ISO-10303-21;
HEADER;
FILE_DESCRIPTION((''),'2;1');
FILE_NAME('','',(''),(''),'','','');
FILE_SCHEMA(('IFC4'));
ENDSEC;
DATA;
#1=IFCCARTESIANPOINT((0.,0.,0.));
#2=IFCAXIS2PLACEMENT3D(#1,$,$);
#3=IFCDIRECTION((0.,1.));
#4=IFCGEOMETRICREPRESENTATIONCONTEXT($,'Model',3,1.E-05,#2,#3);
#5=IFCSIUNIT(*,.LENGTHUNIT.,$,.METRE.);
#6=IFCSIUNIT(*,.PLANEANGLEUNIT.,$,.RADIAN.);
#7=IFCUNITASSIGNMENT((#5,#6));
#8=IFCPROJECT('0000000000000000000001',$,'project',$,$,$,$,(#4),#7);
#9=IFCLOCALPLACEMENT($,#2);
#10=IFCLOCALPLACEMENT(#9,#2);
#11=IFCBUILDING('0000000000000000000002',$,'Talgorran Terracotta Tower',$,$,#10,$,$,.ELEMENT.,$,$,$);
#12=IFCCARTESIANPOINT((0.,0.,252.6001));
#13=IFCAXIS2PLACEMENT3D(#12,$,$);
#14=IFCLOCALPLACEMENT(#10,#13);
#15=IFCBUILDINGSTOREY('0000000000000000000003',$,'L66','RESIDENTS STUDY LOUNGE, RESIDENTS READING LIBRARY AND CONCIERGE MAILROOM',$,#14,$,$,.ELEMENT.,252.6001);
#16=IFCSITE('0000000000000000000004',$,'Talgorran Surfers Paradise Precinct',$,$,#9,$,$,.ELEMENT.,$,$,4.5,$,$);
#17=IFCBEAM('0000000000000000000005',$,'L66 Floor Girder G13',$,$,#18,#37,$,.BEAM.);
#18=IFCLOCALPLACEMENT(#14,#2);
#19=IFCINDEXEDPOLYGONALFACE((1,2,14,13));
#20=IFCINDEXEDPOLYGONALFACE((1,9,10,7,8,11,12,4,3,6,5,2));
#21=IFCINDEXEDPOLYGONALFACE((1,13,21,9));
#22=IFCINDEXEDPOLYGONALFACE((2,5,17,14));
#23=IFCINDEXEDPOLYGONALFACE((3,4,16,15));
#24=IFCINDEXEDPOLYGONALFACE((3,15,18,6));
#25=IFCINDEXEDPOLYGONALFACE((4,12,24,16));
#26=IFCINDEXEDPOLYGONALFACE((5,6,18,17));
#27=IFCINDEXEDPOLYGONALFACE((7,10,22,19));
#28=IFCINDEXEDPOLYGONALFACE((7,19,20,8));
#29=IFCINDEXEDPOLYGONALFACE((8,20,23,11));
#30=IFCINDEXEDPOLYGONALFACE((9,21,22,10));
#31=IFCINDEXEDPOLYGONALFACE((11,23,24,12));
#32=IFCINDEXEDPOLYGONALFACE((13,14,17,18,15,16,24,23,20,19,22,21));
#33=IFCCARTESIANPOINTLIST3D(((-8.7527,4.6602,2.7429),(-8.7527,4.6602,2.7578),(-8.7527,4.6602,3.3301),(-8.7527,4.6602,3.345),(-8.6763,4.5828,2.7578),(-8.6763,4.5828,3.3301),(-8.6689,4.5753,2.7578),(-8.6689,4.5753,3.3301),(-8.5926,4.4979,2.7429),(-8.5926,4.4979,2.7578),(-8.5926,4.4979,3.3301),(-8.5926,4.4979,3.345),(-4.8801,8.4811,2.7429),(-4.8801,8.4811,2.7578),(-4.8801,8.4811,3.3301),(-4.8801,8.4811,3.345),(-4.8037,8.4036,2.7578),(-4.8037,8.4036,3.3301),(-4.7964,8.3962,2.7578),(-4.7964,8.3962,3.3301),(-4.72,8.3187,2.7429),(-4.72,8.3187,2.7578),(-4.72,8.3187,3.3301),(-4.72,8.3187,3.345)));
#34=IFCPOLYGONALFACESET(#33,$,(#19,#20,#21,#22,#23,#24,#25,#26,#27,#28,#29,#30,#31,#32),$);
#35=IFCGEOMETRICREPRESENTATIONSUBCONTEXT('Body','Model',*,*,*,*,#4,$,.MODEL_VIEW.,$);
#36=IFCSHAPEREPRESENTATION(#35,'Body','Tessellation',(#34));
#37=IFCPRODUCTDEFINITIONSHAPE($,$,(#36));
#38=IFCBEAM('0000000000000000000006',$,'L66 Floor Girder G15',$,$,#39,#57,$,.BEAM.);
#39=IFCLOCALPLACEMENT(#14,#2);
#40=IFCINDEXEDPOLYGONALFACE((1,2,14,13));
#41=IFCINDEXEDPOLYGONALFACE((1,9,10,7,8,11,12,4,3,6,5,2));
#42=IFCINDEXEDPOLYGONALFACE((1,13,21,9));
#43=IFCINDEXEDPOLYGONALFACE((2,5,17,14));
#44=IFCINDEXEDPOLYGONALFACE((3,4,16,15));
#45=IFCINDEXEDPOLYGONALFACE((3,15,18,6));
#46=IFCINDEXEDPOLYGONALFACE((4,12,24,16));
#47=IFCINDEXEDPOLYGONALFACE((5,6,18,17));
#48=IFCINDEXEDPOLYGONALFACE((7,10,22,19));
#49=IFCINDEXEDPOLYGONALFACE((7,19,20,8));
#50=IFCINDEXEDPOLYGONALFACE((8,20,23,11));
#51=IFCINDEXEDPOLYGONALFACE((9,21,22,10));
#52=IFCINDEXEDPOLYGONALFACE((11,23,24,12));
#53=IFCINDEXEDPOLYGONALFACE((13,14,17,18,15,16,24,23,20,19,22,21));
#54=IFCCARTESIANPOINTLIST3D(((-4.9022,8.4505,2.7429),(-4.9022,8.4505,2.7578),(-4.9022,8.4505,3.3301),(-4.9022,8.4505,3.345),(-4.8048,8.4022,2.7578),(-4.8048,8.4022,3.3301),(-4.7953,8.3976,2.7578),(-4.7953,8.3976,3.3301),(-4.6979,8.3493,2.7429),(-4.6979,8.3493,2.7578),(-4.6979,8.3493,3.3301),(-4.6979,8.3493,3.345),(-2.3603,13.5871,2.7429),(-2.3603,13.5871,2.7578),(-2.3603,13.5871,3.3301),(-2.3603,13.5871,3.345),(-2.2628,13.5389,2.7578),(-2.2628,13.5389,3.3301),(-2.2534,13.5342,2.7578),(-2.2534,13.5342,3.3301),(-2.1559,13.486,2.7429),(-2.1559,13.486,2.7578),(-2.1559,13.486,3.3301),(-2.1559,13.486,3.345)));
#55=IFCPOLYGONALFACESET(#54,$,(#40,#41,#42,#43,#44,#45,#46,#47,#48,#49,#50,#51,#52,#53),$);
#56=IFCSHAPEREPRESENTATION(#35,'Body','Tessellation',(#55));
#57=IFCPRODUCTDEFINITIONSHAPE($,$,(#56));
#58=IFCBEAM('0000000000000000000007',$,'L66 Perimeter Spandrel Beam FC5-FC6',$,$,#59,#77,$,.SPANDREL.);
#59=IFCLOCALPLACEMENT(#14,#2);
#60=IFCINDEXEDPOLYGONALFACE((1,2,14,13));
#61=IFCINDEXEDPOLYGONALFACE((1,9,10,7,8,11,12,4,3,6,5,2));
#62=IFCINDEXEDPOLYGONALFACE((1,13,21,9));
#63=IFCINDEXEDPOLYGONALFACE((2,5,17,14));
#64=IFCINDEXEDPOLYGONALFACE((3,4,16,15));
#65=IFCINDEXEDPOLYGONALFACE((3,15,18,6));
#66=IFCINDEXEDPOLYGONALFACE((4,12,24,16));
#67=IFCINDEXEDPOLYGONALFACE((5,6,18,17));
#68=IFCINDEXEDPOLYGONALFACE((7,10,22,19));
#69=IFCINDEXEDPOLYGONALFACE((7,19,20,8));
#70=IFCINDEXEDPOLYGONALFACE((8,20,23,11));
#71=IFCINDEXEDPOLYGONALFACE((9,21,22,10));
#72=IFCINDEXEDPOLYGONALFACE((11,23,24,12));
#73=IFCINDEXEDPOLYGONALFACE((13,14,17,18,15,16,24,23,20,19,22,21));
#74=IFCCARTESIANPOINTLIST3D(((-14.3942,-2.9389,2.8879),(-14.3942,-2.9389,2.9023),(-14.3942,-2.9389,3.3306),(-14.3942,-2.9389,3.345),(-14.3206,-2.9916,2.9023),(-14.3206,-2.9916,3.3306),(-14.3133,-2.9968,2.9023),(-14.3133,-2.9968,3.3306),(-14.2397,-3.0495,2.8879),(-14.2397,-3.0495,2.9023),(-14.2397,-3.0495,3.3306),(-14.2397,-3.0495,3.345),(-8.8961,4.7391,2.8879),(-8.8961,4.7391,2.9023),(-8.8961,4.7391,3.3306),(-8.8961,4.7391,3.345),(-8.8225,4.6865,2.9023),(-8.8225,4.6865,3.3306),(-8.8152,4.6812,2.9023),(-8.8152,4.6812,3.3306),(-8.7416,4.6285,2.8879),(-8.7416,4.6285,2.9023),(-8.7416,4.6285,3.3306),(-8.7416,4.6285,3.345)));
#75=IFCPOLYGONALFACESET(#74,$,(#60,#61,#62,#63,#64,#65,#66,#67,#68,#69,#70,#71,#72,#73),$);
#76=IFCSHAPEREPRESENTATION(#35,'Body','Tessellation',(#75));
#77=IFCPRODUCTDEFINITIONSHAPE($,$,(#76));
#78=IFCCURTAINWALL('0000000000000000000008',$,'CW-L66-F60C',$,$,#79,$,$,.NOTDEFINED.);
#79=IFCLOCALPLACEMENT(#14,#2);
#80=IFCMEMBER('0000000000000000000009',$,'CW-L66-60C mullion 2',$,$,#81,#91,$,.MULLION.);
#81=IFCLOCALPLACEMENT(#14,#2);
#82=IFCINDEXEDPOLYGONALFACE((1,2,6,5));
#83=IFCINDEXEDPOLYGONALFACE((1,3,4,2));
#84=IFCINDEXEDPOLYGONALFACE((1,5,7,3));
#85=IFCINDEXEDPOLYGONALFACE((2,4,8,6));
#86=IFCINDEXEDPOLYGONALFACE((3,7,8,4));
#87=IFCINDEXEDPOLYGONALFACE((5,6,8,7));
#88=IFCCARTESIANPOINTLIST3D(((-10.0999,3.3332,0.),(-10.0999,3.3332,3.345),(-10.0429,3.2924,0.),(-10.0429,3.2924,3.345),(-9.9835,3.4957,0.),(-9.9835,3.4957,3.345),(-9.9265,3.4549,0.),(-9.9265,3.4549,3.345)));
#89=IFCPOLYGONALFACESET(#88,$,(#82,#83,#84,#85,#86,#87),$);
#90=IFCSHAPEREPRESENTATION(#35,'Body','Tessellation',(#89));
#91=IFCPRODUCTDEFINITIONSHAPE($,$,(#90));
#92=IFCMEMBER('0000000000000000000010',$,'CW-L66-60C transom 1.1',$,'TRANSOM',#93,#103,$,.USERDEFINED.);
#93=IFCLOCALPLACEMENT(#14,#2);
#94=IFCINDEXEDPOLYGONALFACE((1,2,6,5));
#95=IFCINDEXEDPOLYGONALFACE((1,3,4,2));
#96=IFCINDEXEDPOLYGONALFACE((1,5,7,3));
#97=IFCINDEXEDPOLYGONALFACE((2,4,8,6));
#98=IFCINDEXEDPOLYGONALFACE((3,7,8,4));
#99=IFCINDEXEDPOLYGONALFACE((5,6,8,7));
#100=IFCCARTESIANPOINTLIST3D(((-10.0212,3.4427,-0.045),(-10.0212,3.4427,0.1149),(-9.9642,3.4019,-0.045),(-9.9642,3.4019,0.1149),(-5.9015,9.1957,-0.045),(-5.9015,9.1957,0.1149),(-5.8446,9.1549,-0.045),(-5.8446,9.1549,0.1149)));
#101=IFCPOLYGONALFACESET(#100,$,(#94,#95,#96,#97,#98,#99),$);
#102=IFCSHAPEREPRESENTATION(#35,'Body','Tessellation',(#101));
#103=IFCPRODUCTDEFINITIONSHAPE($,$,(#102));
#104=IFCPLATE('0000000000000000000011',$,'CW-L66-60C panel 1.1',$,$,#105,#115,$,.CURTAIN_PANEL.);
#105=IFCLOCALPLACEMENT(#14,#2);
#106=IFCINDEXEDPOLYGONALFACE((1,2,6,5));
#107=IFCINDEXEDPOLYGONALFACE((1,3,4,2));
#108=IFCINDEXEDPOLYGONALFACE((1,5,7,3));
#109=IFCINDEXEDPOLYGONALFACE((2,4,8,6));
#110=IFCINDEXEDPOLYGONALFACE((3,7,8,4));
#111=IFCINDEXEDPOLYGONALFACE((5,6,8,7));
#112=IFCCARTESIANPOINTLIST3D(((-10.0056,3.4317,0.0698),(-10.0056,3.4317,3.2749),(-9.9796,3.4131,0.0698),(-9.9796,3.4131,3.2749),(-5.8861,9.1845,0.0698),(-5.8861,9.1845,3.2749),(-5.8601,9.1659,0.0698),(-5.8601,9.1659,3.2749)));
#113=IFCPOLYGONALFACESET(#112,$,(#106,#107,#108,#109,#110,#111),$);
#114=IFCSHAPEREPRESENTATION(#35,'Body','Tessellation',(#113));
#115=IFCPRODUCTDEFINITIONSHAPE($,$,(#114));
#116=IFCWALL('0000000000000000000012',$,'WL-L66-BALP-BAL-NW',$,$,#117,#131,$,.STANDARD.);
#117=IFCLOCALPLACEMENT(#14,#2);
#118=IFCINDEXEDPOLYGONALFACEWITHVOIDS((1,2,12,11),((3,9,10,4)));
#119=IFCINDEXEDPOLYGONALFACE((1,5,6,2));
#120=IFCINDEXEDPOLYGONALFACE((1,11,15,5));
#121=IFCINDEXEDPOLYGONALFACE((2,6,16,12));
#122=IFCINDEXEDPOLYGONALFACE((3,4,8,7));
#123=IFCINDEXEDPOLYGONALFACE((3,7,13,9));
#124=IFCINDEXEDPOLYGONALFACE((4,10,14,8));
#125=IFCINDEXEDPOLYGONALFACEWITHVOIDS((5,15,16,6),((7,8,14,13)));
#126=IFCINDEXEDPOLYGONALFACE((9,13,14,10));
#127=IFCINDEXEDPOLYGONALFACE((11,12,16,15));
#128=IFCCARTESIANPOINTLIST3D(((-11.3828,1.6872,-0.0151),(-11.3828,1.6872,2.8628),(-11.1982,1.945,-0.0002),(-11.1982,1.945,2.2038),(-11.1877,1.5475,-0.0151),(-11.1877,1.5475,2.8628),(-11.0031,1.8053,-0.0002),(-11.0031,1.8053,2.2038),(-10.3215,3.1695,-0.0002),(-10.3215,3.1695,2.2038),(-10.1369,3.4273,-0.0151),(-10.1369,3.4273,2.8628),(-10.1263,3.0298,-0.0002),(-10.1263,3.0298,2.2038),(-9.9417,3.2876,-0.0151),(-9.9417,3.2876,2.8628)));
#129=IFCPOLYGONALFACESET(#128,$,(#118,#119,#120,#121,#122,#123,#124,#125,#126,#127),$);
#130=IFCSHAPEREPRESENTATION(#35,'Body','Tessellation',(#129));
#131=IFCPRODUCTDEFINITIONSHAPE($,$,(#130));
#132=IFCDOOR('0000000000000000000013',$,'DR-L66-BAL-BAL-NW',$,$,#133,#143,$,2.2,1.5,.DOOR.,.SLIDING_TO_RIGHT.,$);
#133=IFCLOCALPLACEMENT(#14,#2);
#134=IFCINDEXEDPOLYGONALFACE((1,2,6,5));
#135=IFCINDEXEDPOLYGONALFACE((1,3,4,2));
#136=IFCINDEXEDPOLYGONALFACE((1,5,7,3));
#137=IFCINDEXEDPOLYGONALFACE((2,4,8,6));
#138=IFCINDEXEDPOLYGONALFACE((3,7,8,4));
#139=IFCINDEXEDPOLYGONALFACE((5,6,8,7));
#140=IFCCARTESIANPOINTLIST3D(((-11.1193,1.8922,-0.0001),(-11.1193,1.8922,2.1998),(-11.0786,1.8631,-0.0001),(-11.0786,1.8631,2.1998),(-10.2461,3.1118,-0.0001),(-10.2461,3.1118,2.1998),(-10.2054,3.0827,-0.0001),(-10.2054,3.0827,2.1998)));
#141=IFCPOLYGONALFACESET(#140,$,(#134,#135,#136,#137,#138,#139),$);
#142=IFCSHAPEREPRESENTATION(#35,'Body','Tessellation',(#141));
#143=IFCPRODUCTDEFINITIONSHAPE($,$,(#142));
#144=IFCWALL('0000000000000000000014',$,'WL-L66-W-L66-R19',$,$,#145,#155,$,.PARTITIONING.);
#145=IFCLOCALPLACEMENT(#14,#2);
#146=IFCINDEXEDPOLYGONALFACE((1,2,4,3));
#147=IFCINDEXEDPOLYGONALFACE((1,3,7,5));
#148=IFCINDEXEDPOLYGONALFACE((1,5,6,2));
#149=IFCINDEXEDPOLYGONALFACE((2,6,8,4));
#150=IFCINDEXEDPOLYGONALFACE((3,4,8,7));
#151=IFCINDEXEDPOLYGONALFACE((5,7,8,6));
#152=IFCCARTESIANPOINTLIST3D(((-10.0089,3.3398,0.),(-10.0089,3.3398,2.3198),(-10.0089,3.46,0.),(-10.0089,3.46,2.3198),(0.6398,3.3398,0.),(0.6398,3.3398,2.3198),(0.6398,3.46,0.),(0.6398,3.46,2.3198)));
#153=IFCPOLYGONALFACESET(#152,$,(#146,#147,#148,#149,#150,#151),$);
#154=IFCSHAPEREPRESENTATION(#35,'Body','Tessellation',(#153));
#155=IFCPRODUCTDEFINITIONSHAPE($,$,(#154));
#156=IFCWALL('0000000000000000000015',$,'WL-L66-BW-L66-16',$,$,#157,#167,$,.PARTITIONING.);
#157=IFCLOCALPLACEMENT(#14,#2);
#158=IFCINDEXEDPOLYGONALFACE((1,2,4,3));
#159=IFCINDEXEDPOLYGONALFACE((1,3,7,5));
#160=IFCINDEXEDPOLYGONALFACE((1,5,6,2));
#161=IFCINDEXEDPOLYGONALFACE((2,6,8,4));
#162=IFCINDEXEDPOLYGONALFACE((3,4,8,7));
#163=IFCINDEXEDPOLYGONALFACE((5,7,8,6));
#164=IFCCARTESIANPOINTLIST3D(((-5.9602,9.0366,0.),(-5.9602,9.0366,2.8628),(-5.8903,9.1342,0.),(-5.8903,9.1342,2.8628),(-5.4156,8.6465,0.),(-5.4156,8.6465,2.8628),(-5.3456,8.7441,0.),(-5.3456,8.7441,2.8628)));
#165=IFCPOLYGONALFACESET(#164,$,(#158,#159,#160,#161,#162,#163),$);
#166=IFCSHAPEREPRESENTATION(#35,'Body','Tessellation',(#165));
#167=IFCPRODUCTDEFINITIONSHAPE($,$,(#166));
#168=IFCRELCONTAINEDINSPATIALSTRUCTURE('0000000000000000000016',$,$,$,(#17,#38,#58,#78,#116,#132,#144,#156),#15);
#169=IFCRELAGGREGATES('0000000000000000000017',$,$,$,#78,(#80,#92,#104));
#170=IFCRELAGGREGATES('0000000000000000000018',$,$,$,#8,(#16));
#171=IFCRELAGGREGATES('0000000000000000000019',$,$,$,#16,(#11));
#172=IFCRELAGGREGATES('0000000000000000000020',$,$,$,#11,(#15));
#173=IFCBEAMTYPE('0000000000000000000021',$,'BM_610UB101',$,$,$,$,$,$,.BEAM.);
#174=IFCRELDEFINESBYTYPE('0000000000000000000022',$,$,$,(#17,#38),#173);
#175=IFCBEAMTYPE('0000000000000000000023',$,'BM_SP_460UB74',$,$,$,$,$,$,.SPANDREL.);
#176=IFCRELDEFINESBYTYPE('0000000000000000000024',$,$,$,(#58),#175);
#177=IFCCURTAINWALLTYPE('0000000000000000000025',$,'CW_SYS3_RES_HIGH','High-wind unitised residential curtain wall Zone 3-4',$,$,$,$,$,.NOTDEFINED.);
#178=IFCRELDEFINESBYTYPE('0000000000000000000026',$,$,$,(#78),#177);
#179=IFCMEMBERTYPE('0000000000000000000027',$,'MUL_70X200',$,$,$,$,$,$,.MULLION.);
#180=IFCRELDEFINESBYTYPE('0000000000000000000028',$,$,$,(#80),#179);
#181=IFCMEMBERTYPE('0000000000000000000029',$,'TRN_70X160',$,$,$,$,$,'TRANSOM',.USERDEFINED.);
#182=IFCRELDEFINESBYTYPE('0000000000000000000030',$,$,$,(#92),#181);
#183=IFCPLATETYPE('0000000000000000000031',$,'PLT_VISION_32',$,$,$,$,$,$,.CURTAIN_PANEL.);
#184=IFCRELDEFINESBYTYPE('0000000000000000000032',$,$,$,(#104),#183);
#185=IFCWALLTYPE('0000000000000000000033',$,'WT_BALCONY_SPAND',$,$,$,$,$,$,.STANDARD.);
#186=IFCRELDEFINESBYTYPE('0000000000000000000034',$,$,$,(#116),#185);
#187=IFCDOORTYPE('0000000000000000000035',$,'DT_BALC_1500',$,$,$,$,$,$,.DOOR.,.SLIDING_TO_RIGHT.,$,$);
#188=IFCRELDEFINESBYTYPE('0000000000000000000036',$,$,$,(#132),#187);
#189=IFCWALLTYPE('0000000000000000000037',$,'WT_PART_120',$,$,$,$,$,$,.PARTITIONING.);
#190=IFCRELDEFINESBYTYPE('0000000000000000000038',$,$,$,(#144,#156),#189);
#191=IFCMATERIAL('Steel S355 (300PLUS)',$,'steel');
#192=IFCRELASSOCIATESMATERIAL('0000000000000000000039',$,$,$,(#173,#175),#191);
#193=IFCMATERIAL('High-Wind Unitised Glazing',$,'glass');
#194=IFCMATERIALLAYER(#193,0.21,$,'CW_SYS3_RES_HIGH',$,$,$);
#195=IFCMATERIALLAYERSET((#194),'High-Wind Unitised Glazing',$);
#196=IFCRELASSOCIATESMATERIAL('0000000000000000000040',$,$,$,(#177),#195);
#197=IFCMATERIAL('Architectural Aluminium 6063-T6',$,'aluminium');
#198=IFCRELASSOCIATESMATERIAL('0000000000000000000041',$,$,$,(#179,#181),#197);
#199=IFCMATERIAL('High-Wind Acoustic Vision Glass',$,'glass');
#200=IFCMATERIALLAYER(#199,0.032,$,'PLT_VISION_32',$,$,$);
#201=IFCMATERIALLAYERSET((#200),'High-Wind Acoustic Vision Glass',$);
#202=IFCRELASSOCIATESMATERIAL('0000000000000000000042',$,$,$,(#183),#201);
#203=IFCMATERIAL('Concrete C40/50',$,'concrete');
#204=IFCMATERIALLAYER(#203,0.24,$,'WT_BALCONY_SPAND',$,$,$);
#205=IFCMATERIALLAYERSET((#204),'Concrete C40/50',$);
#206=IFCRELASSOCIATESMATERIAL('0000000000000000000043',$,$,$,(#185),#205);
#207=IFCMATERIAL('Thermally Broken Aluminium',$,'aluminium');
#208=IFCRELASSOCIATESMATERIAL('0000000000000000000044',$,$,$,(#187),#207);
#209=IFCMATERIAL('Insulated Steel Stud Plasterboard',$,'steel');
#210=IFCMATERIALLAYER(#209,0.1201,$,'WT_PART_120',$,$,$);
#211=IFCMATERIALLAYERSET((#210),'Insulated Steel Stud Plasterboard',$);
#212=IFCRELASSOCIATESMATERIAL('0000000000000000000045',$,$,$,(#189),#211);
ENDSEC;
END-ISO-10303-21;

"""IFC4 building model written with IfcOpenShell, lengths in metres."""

from ifc_helpers import new_model, si_unit, direction, frame, frame_2d, origin, origin_2d, place, context, subcontext, project, spatial, rectangle, i_section, extrude, source, transform, mapped, material, layer, layer_set, material_profile, profile_set, type_object, type_shapes, element, fill, aggregate, save


model = new_model("IFC4")

# Units and contexts
model_context = context("Model", 3, precision=1e-05, world=origin(), true_north=direction((0.0, 1.0)))
body_context = subcontext(model_context, "Body", "Model", "MODEL_VIEW")
ifc_project = project(units=[si_unit("LENGTHUNIT", "METRE"), si_unit("PLANEANGLEUNIT", "RADIAN")], contexts=[model_context])

# Site, building, storey
site_placement = place(None, origin())
site = spatial("IfcSite", under=ifc_project, at=site_placement, Name="Talgorran Surfers Paradise Precinct", CompositionType="ELEMENT", RefElevation=4.5)
building_placement = place(site_placement, origin())
building = spatial("IfcBuilding", under=site, at=building_placement, Name="Talgorran Terracotta Tower", CompositionType="ELEMENT")
storey_placement = place(building_placement, frame((0.0, 0.0, 252.6001)))
storey = spatial("IfcBuildingStorey", under=building, at=storey_placement, Name="L66", Description="RESIDENTS STUDY LOUNGE, RESIDENTS READING LIBRARY AND CONCIERGE MAILROOM", CompositionType="ELEMENT", Elevation=252.6001)

# Shared definitions
ifc_material_1 = material(Name="Steel S355 (300PLUS)", Category="steel")

# Beams
ifc_material_profile_1 = material_profile(ifc_material_1, i_section(OverallWidth=0.228, OverallDepth=0.6021, WebThickness=0.0105, FlangeThickness=0.0149, at=origin_2d()), Name="610UB101")
ifc_profile_set_1 = profile_set([ifc_material_profile_1], Name="Steel S355 (300PLUS)")
beam_type_1 = type_object("IfcBeamType", Name="BM_610UB101", PredefinedType="BEAM", material=ifc_profile_set_1)
beam_1_placement = place(storey_placement, frame((-4.8, 8.3999, 3.0439), z_axis=(-0.711848, -0.702334, 0.0), x_axis=(0.702334, -0.711848, 0.0)))
element("IfcBeam", 1, at=beam_1_placement, inside=storey, type_object=beam_type_1, Name="L66 Floor Girder G13", PredefinedType="BEAM", context=body_context, shape_type="SweptSolid", body=[
    extrude(i_section(OverallWidth=0.228, OverallDepth=0.6021, WebThickness=0.0105, FlangeThickness=0.0149, at=origin_2d()), origin(), (0.0, 0.0, 1.0), 5.4402),
])
beam_2_placement = place(storey_placement, frame((-4.8, 8.3999, 3.0439), z_axis=(0.443529, 0.89626, 0.0), x_axis=(-0.89626, 0.443529, 0.0)))
element("IfcBeam", 2, at=beam_2_placement, inside=storey, type_object=beam_type_1, Name="L66 Floor Girder G15", PredefinedType="BEAM", context=body_context, shape_type="SweptSolid", body=[
    extrude(i_section(OverallWidth=0.228, OverallDepth=0.6021, WebThickness=0.0105, FlangeThickness=0.0149, at=origin_2d()), origin(), (0.0, 0.0, 1.0), 5.7312),
])
ifc_material_profile_2 = material_profile(ifc_material_1, i_section(OverallWidth=0.1899, OverallDepth=0.457, WebThickness=0.009, FlangeThickness=0.0144, at=origin_2d()), Name="460UB74.6")
ifc_profile_set_2 = profile_set([ifc_material_profile_2], Name="Steel S355 (300PLUS)")
beam_type_2 = type_object("IfcBeamType", Name="BM_SP_460UB74", PredefinedType="SPANDREL", material=ifc_profile_set_2)
beam_3_placement = place(storey_placement, frame((-8.8188, 4.6838, 3.1165), z_axis=(-0.582204, -0.813043, 0.0), x_axis=(0.813043, -0.582204, 0.0)))
element("IfcBeam", 3, at=beam_3_placement, inside=storey, type_object=beam_type_2, Name="L66 Perimeter Spandrel Beam FC5-FC6", PredefinedType="SPANDREL", context=body_context, shape_type="SweptSolid", body=[
    extrude(i_section(OverallWidth=0.1899, OverallDepth=0.457, WebThickness=0.009, FlangeThickness=0.0144, at=origin_2d()), origin(), (0.0, 0.0, 1.0), 9.4436),
])

# Curtain wall, members, plate
ifc_material_2 = material(Name="High-Wind Unitised Glazing", Category="glass")
ifc_layer_1 = layer(ifc_material_2, 0.21, Name="CW_SYS3_RES_HIGH")
ifc_layer_set_1 = layer_set([ifc_layer_1], Name="High-Wind Unitised Glazing")
curtain_wall_type = type_object("IfcCurtainWallType", Name="CW_SYS3_RES_HIGH", Description="High-wind unitised residential curtain wall Zone 3-4", PredefinedType="NOTDEFINED", material=ifc_layer_set_1)
curtain_wall_placement = place(storey_placement, origin())
curtain_wall = element("IfcCurtainWall", 4, at=curtain_wall_placement, inside=storey, type_object=curtain_wall_type, Name="CW-L66-F60C", PredefinedType="NOTDEFINED")
ifc_material_3 = material(Name="Architectural Aluminium 6063-T6", Category="aluminium")
ifc_material_profile_3 = material_profile(ifc_material_3, rectangle(XDim=0.0701, YDim=0.2, at=origin_2d()), Name="CWM70X200")
ifc_profile_set_3 = profile_set([ifc_material_profile_3], Name="Architectural Aluminium 6063-T6")
member_type_1 = type_object("IfcMemberType", Name="MUL_70X200", PredefinedType="MULLION", material=ifc_profile_set_3)
member_1_placement = place(storey_placement, frame((-10.0132, 3.394, 0.0), z_axis=(0.0, 0.0, 1.0), x_axis=(0.813038, -0.58221, 0.0)))
member_1 = element("IfcMember", 5, at=member_1_placement, type_object=member_type_1, Name="CW-L66-60C mullion 2", PredefinedType="MULLION", context=body_context, shape_type="SweptSolid", body=[
    extrude(rectangle(XDim=0.0701, YDim=0.2, at=origin_2d()), origin(), (0.0, 0.0, 1.0), 3.345),
])
ifc_material_profile_4 = material_profile(ifc_material_3, rectangle(XDim=0.0701, YDim=0.1599, at=origin_2d()), Name="CWT70X160")
ifc_profile_set_4 = profile_set([ifc_material_profile_4], Name="Architectural Aluminium 6063-T6")
member_type_2 = type_object("IfcMemberType", Name="TRN_70X160", ElementType="TRANSOM", PredefinedType="USERDEFINED", material=ifc_profile_set_4)
member_2_placement = place(storey_placement, frame((-5.873, 9.1753, 0.0349), z_axis=(-0.58221, -0.813038, 0.0), x_axis=(0.813038, -0.58221, 0.0)))
member_2 = element("IfcMember", 6, at=member_2_placement, type_object=member_type_2, Name="CW-L66-60C transom 1.1", ObjectType="TRANSOM", PredefinedType="USERDEFINED", context=body_context, shape_type="SweptSolid", body=[
    extrude(rectangle(XDim=0.0701, YDim=0.1599, at=origin_2d()), origin(), (0.0, 0.0, 1.0), 7.0759),
])
ifc_material_4 = material(Name="High-Wind Acoustic Vision Glass", Category="glass")
ifc_layer_2 = layer(ifc_material_4, 0.032, Name="PLT_VISION_32")
ifc_layer_set_2 = layer_set([ifc_layer_2], Name="High-Wind Acoustic Vision Glass")
plate_type = type_object("IfcPlateType", Name="PLT_VISION_32", PredefinedType="CURTAIN_PANEL", material=ifc_layer_set_2)
shared_shape = source(origin(), body_context, "Body", "SweptSolid", [
    extrude(rectangle(XDim=7.0757, YDim=0.032, at=origin_2d()), origin(), (0.0, 0.0, 1.0), 3.2051),
])
type_shapes(plate_type, [shared_shape])
plate_placement = place(storey_placement, frame((-7.9329, 6.2988, 0.0698), z_axis=(0.0, 0.0, 1.0), x_axis=(-0.58221, -0.813038, 0.0)))
plate = element("IfcPlate", 7, at=plate_placement, type_object=plate_type, Name="CW-L66-60C panel 1.1", PredefinedType="CURTAIN_PANEL", context=body_context, shape_type="MappedRepresentation", body=[
    mapped(shared_shape, transform((0.0, 0.0, 0.0), scale=1.0)),
])
aggregate(curtain_wall, [member_1, member_2, plate])

# Wall, opening, door
ifc_material_5 = material(Name="Concrete C40/50", Category="concrete")
ifc_layer_3 = layer(ifc_material_5, 0.24, Name="WT_BALCONY_SPAND")
ifc_layer_set_3 = layer_set([ifc_layer_3], Name="Concrete C40/50")
wall_type_1 = type_object("IfcWallType", Name="WT_BALCONY_SPAND", PredefinedType="STANDARD", material=ifc_layer_set_3)
wall_1_placement = place(storey_placement, frame((-10.0393, 3.3574, -0.0151), z_axis=(0.0, 0.0, 1.0), x_axis=(-0.582166, -0.81307, 0.0)))
wall_1 = element("IfcWall", 8, at=wall_1_placement, inside=storey, type_object=wall_type_1, Name="WL-L66-BALP-BAL-NW", PredefinedType="STANDARD", context=body_context, shape_type="SweptSolid", body=[
    extrude(rectangle(XDim=2.1401, YDim=0.24, at=frame_2d((1.0701, 0.0))), origin(), (0.0, 0.0, 1.0), 2.8779),
])
opening_placement = place(wall_1_placement, frame((0.3201, 0.0, 0.0149)))
opening = element("IfcOpeningElement", 9, at=opening_placement, cuts=wall_1, PredefinedType="OPENING", context=body_context, shape_type="SweptSolid", body=[
    extrude(rectangle(XDim=1.506, YDim=2.204, at=frame_2d((0.75, 1.1021))), frame((0.0, 0.1299, 0.0), z_axis=(0.0, -1.0, 0.0), x_axis=(1.0, 0.0, 0.0)), (0.0, 0.0, 1.0), 0.26),
])
ifc_material_6 = material(Name="Thermally Broken Aluminium", Category="aluminium")
door_type = type_object("IfcDoorType", Name="DT_BALC_1500", OperationType="SLIDING_TO_RIGHT", PredefinedType="DOOR", material=ifc_material_6)
door_placement = place(opening_placement, origin())
door = element("IfcDoor", 10, at=door_placement, inside=storey, type_object=door_type, Name="DR-L66-BAL-BAL-NW", OperationType="SLIDING_TO_RIGHT", OverallHeight=2.2, OverallWidth=1.5, PredefinedType="DOOR", context=body_context, shape_type="SweptSolid", body=[
    extrude(rectangle(XDim=1.5, YDim=2.2, at=frame_2d((0.75, 1.1001))), frame((0.0, 0.0249, 0.0), z_axis=(0.0, -1.0, 0.0), x_axis=(1.0, 0.0, 0.0)), (0.0, 0.0, 1.0), 0.05),
])
fill(opening, door)

# Walls
ifc_material_7 = material(Name="Insulated Steel Stud Plasterboard", Category="steel")
ifc_layer_4 = layer(ifc_material_7, 0.1201, Name="WT_PART_120")
ifc_layer_set_4 = layer_set([ifc_layer_4], Name="Insulated Steel Stud Plasterboard")
wall_type_2 = type_object("IfcWallType", Name="WT_PART_120", PredefinedType="PARTITIONING", material=ifc_layer_set_4)
wall_2_placement = place(storey_placement, frame((-10.0088, 3.3999, 0.0), z_axis=(0.0, 0.0, 1.0), x_axis=(1.0, 0.0, 0.0)))
element("IfcWall", 11, at=wall_2_placement, inside=storey, type_object=wall_type_2, Name="WL-L66-W-L66-R19", PredefinedType="PARTITIONING", context=body_context, shape_type="SweptSolid", body=[
    extrude(rectangle(XDim=10.6487, YDim=0.1201, at=frame_2d((5.3242, 0.0))), origin(), (0.0, 0.0, 1.0), 2.3198),
])
wall_3_placement = place(storey_placement, frame((-5.3806, 8.6953, 0.0), z_axis=(0.0, 0.0, 1.0), x_axis=(-0.81297, 0.582306, 0.0)))
element("IfcWall", 12, at=wall_3_placement, inside=storey, type_object=wall_type_2, Name="WL-L66-BW-L66-16", PredefinedType="PARTITIONING", context=body_context, shape_type="SweptSolid", body=[
    extrude(rectangle(XDim=0.6699, YDim=0.1201, at=frame_2d((0.335, 0.0))), origin(), (0.0, 0.0, 1.0), 2.8628),
])

save(model, "model.ifc")
